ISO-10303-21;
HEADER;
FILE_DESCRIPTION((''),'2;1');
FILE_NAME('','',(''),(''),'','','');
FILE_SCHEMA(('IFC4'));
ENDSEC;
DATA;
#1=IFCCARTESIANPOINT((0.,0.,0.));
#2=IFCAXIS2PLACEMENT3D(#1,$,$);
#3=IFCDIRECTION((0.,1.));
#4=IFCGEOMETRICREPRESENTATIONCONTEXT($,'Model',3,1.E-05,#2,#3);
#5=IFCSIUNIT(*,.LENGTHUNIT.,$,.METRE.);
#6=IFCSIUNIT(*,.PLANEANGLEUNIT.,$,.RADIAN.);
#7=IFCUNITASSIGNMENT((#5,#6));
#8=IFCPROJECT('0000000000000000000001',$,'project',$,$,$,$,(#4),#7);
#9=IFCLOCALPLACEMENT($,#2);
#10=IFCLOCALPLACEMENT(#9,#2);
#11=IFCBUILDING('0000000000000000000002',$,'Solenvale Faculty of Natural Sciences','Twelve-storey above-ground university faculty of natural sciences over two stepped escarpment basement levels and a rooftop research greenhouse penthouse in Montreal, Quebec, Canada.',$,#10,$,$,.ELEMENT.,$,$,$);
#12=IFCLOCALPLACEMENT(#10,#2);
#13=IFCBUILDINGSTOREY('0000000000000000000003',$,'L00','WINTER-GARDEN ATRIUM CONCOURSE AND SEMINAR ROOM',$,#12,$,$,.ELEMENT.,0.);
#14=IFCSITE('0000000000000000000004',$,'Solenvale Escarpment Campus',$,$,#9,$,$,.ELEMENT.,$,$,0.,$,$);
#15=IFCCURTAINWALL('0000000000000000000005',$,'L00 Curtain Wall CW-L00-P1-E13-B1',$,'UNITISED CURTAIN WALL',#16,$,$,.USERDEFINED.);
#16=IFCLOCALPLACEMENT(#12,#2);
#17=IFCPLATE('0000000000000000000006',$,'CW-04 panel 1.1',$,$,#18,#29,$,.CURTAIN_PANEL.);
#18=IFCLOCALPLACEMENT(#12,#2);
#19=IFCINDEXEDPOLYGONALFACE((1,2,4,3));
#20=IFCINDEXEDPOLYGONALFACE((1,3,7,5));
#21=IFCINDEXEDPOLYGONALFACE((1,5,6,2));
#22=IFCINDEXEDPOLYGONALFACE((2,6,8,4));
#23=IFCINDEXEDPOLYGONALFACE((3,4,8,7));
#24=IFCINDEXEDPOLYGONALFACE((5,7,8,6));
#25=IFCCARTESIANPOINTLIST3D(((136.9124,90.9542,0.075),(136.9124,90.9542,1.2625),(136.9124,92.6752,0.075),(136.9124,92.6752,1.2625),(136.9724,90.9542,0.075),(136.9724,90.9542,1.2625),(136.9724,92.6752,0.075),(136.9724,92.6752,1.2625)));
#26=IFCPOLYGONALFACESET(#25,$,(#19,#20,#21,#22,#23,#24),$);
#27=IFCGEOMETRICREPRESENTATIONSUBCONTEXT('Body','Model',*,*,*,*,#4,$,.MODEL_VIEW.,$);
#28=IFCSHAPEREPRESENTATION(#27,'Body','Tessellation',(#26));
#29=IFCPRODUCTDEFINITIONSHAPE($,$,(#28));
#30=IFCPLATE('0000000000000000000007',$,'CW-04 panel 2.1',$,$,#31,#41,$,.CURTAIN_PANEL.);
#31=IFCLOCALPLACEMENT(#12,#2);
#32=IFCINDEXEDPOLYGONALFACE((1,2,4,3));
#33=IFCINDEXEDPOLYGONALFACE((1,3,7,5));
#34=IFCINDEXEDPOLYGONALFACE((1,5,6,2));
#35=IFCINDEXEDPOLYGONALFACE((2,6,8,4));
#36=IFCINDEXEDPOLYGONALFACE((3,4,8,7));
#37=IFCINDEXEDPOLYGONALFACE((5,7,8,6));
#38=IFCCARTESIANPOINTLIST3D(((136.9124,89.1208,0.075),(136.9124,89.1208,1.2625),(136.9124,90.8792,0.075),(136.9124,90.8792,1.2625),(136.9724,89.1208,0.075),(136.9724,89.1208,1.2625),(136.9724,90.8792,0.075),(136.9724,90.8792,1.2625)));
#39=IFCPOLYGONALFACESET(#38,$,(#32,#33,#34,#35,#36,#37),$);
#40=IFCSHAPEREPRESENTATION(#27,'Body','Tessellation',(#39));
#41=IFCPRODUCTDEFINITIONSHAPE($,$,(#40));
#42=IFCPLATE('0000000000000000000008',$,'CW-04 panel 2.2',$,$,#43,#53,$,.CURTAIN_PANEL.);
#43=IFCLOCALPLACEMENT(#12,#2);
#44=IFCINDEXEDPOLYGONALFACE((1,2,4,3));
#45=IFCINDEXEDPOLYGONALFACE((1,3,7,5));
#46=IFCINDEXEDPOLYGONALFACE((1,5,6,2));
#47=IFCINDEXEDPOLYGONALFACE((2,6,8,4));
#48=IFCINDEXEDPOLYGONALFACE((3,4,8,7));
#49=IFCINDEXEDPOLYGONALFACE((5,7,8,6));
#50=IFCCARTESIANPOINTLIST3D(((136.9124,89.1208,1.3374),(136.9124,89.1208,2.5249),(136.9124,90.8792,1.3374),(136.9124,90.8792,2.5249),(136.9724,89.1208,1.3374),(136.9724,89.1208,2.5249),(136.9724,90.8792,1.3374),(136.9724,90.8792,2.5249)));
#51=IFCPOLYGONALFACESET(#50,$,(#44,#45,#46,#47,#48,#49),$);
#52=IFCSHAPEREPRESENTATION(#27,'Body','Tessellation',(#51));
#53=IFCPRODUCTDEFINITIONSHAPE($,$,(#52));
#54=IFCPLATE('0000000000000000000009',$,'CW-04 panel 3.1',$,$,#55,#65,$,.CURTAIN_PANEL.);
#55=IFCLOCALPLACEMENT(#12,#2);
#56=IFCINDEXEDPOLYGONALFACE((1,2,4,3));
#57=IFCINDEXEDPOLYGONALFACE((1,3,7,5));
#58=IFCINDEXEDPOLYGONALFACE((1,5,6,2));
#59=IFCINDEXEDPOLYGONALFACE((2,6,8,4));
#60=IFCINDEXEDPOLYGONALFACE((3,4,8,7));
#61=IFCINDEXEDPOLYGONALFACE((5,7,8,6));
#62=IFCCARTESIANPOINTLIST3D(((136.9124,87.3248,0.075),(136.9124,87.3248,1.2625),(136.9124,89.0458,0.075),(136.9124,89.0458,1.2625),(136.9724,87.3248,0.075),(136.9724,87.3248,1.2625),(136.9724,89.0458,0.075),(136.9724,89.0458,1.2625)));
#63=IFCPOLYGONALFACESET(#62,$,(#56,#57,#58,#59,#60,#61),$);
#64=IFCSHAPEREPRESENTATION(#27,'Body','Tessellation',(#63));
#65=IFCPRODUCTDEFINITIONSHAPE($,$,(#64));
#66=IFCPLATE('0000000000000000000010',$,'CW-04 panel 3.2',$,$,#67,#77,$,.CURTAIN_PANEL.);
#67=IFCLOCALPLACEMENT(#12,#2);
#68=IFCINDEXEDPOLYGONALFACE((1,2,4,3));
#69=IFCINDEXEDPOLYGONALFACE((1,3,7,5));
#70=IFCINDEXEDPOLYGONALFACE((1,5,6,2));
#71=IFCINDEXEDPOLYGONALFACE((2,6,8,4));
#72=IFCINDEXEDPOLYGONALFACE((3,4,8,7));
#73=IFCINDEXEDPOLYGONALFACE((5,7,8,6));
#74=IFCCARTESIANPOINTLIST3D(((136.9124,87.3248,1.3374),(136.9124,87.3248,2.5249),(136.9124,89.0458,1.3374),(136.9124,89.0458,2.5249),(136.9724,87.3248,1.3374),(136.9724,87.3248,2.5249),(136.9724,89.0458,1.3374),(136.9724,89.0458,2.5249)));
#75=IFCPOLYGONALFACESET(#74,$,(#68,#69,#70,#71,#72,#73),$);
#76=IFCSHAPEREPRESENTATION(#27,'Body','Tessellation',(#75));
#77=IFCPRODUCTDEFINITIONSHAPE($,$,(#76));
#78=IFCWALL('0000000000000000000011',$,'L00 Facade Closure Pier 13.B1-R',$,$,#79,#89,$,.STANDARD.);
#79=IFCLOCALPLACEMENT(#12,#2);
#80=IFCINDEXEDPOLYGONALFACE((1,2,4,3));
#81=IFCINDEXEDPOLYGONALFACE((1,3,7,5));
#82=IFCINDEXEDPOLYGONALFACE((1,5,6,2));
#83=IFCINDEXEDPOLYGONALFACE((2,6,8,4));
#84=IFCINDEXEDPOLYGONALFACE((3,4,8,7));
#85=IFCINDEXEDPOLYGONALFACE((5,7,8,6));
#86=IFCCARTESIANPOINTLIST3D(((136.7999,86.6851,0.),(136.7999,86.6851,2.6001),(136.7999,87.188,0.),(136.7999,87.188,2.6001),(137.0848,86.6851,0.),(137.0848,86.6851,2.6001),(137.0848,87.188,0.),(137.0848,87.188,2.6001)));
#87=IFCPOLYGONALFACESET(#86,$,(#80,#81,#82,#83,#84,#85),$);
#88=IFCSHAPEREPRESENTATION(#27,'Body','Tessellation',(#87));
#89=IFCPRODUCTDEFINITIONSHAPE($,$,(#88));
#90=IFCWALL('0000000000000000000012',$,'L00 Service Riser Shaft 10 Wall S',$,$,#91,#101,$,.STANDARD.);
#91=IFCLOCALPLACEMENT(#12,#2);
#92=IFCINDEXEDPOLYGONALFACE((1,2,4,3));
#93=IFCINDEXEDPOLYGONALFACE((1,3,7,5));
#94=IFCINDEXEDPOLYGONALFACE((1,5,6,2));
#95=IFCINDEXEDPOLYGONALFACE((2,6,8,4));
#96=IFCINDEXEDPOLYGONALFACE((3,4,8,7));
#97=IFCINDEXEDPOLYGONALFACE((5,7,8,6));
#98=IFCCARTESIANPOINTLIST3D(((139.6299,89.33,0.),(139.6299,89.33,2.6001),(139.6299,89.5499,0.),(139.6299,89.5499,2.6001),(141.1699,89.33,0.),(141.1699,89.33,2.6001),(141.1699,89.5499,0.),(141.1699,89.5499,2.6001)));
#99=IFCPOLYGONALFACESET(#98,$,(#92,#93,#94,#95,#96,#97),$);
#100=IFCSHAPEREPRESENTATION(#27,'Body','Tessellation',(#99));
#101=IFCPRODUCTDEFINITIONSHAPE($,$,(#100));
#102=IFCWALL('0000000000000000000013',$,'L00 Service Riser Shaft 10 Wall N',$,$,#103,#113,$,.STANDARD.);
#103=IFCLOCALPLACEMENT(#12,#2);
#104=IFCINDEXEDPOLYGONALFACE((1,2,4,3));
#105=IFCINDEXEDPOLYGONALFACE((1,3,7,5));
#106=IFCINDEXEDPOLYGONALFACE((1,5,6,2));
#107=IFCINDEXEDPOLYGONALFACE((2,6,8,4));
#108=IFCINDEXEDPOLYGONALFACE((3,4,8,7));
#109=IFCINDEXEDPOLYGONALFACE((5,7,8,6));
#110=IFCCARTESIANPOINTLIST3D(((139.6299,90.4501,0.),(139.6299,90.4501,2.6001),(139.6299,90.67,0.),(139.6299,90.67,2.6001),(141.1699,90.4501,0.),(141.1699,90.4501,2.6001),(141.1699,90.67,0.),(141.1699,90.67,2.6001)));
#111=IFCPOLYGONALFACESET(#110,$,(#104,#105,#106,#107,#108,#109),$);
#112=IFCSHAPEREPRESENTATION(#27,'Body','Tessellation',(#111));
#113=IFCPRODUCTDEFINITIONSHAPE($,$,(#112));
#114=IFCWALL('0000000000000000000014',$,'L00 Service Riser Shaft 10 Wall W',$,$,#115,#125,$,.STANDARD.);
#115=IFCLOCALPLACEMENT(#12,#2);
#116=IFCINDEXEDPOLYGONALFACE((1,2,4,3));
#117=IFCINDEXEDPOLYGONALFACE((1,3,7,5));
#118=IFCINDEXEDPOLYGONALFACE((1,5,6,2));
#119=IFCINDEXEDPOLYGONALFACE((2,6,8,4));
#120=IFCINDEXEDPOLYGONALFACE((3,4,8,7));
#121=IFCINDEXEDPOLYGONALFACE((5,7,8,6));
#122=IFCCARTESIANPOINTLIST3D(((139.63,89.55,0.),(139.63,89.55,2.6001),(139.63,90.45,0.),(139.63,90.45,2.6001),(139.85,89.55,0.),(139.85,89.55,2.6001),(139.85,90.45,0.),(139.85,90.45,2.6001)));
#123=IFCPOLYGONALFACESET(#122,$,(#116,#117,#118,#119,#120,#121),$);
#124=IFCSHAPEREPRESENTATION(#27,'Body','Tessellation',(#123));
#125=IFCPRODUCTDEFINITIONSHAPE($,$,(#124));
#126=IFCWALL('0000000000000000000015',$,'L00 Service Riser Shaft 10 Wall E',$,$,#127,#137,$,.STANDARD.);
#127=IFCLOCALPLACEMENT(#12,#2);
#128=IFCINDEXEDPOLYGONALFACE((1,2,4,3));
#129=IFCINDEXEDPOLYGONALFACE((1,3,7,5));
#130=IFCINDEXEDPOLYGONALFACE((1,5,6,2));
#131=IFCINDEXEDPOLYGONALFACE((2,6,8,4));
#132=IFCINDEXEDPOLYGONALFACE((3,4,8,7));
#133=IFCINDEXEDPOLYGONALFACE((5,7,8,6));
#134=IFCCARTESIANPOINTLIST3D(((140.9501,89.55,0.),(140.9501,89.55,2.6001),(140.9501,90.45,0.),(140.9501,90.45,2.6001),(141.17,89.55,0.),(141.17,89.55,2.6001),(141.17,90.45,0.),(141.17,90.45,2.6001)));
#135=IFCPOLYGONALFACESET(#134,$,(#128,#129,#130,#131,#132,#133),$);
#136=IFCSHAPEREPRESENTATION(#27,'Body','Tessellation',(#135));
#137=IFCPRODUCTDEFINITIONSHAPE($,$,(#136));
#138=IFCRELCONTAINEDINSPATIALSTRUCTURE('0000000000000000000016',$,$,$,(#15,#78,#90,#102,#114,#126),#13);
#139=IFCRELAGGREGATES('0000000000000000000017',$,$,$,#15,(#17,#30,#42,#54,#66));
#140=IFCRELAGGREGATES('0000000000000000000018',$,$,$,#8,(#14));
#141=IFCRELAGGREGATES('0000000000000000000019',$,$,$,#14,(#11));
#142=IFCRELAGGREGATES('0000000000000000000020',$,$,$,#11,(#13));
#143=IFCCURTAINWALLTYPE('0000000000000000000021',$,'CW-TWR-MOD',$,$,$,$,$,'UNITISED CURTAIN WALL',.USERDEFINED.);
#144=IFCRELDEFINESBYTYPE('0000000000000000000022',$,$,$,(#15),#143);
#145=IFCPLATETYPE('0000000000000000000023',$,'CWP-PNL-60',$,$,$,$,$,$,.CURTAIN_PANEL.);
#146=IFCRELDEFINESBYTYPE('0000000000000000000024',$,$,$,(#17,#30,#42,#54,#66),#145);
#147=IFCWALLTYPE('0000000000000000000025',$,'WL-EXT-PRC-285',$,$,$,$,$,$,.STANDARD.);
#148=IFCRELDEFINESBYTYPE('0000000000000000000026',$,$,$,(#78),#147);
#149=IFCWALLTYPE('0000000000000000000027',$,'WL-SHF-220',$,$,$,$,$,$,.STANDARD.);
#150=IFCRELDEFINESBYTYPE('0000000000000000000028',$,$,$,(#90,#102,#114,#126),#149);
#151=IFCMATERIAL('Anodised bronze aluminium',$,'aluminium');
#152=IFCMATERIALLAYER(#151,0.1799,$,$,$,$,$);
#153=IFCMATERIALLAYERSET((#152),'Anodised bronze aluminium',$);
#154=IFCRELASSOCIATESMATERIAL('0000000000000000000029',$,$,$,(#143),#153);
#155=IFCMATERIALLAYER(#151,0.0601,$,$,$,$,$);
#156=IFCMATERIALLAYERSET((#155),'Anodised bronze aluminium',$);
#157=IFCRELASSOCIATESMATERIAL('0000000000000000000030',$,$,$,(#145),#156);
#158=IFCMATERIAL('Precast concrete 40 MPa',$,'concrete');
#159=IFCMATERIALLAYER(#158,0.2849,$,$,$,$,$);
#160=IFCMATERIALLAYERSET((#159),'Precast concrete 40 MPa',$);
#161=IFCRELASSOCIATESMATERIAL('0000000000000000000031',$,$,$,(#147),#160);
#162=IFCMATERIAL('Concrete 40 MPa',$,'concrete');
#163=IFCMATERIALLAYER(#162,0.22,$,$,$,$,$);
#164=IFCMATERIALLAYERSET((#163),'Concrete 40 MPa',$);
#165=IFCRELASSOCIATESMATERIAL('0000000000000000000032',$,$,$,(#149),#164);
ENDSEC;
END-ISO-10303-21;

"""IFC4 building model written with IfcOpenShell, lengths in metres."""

from ifc_helpers import new_model, si_unit, direction, frame, frame_2d, origin, origin_2d, place, context, subcontext, project, spatial, rectangle, extrude, material, layer, layer_set, type_object, element, aggregate, save


model = new_model("IFC4")

# Units and contexts
model_context = context("Model", 3, precision=1e-05, world=origin(), true_north=direction((0.0, 1.0)))
body_context = subcontext(model_context, "Body", "Model", "MODEL_VIEW")
ifc_project = project(units=[si_unit("LENGTHUNIT", "METRE"), si_unit("PLANEANGLEUNIT", "RADIAN")], contexts=[model_context])

# Site, building, storey
site_placement = place(None, origin())
site = spatial("IfcSite", under=ifc_project, at=site_placement, Name="Solenvale Escarpment Campus", CompositionType="ELEMENT", RefElevation=0.0)
building_placement = place(site_placement, origin())
building = spatial("IfcBuilding", under=site, at=building_placement, Name="Solenvale Faculty of Natural Sciences", Description="Twelve-storey above-ground university faculty of natural sciences over two stepped escarpment basement levels and a rooftop research greenhouse penthouse in Montreal, Quebec, Canada.", CompositionType="ELEMENT")
storey_placement = place(building_placement, origin())
storey = spatial("IfcBuildingStorey", under=building, at=storey_placement, Name="L00", Description="WINTER-GARDEN ATRIUM CONCOURSE AND SEMINAR ROOM", CompositionType="ELEMENT", Elevation=0.0)

# Shared definitions
ifc_material_1 = material(Name="Concrete 40 MPa", Category="concrete")

# Curtain wall
ifc_material_2 = material(Name="Anodised bronze aluminium", Category="aluminium")
ifc_layer_1 = layer(ifc_material_2, 0.1799)
ifc_layer_set_1 = layer_set([ifc_layer_1], Name="Anodised bronze aluminium")
curtain_wall_type = type_object("IfcCurtainWallType", Name="CW-TWR-MOD", ElementType="UNITISED CURTAIN WALL", PredefinedType="USERDEFINED", material=ifc_layer_set_1)
curtain_wall_1_placement = place(storey_placement, origin())
curtain_wall_1 = element("IfcCurtainWall", 1, at=curtain_wall_1_placement, inside=storey, type_object=curtain_wall_type, Name="L00 Curtain Wall CW-L00-P1-E13-B1", ObjectType="UNITISED CURTAIN WALL", PredefinedType="USERDEFINED")

# Plates
ifc_layer_2 = layer(ifc_material_2, 0.0601)
ifc_layer_set_2 = layer_set([ifc_layer_2], Name="Anodised bronze aluminium")
plate_type_1 = type_object("IfcPlateType", Name="CWP-PNL-60", PredefinedType="CURTAIN_PANEL", material=ifc_layer_set_2)
plate_1_placement = place(storey_placement, frame((136.9424, 91.8147, 0.075), z_axis=(0.0, 0.0, 1.0), x_axis=(0.0, -1.0, 0.0)))
plate_1 = element("IfcPlate", 2, at=plate_1_placement, type_object=plate_type_1, Name="CW-04 panel 1.1", PredefinedType="CURTAIN_PANEL", context=body_context, shape_type="SweptSolid", body=[
    extrude(rectangle(XDim=1.7209, YDim=0.0601, at=origin_2d()), origin(), (0.0, 0.0, 1.0), 1.1875),
])
plate_2_placement = place(storey_placement, frame((136.9424, 90.0, 0.075), z_axis=(0.0, 0.0, 1.0), x_axis=(0.0, -1.0, 0.0)))
plate_2 = element("IfcPlate", 3, at=plate_2_placement, type_object=plate_type_1, Name="CW-04 panel 2.1", PredefinedType="CURTAIN_PANEL", context=body_context, shape_type="SweptSolid", body=[
    extrude(rectangle(XDim=1.7583, YDim=0.0601, at=origin_2d()), origin(), (0.0, 0.0, 1.0), 1.1875),
])
plate_3_placement = place(storey_placement, frame((136.9424, 90.0, 1.3374), z_axis=(0.0, 0.0, 1.0), x_axis=(0.0, -1.0, 0.0)))
plate_3 = element("IfcPlate", 4, at=plate_3_placement, type_object=plate_type_1, Name="CW-04 panel 2.2", PredefinedType="CURTAIN_PANEL", context=body_context, shape_type="SweptSolid", body=[
    extrude(rectangle(XDim=1.7583, YDim=0.0601, at=origin_2d()), origin(), (0.0, 0.0, 1.0), 1.1875),
])
plate_4_placement = place(storey_placement, frame((136.9424, 88.1853, 0.075), z_axis=(0.0, 0.0, 1.0), x_axis=(0.0, -1.0, 0.0)))
plate_4 = element("IfcPlate", 5, at=plate_4_placement, type_object=plate_type_1, Name="CW-04 panel 3.1", PredefinedType="CURTAIN_PANEL", context=body_context, shape_type="SweptSolid", body=[
    extrude(rectangle(XDim=1.7209, YDim=0.0601, at=origin_2d()), origin(), (0.0, 0.0, 1.0), 1.1875),
])
plate_5_placement = place(storey_placement, frame((136.9424, 88.1853, 1.3374), z_axis=(0.0, 0.0, 1.0), x_axis=(0.0, -1.0, 0.0)))
plate_5 = element("IfcPlate", 6, at=plate_5_placement, type_object=plate_type_1, Name="CW-04 panel 3.2", PredefinedType="CURTAIN_PANEL", context=body_context, shape_type="SweptSolid", body=[
    extrude(rectangle(XDim=1.7209, YDim=0.0601, at=origin_2d()), origin(), (0.0, 0.0, 1.0), 1.1875),
])
aggregate(curtain_wall_1, [plate_1, plate_2, plate_3, plate_4, plate_5])

# Walls
ifc_material_3 = material(Name="Precast concrete 40 MPa", Category="concrete")
ifc_layer_3 = layer(ifc_material_3, 0.2849)
ifc_layer_set_3 = layer_set([ifc_layer_3], Name="Precast concrete 40 MPa")
wall_type_1 = type_object("IfcWallType", Name="WL-EXT-PRC-285", PredefinedType="STANDARD", material=ifc_layer_set_3)
wall_placement = place(storey_placement, frame((136.9424, 87.188, 0.0), z_axis=(0.0, 0.0, 1.0), x_axis=(0.0, -1.0, 0.0)))
element("IfcWall", 7, at=wall_placement, inside=storey, type_object=wall_type_1, Name="L00 Facade Closure Pier 13.B1-R", PredefinedType="STANDARD", context=body_context, shape_type="SweptSolid", body=[
    extrude(rectangle(XDim=0.5029, YDim=0.2849, at=frame_2d((0.2515, 0.0))), origin(), (0.0, 0.0, 1.0), 2.6001),
])
ifc_layer_4 = layer(ifc_material_1, 0.22)
ifc_layer_set_4 = layer_set([ifc_layer_4], Name="Concrete 40 MPa")
wall_type_2 = type_object("IfcWallType", Name="WL-SHF-220", PredefinedType="STANDARD", material=ifc_layer_set_4)
for number, where, z_axis, x_axis, name in (
    (8, (139.6299, 89.4399, 0.0), (0.0, 0.0, 1.0), (1.0, 0.0, 0.0), "L00 Service Riser Shaft 10 Wall S"),
    (9, (139.6299, 90.5601, 0.0), (0.0, 0.0, 1.0), (1.0, 0.0, 0.0), "L00 Service Riser Shaft 10 Wall N"),
):
    element("IfcWall", number, at=place(storey_placement, frame(where, z_axis=z_axis, x_axis=x_axis)), inside=storey, type_object=wall_type_2, Name=name, PredefinedType="STANDARD", context=body_context, shape_type="SweptSolid", body=[
        extrude(rectangle(XDim=1.54, YDim=0.22, at=frame_2d((0.77, 0.0))), origin(), (0.0, 0.0, 1.0), 2.6001),
    ])
for number, where, z_axis, x_axis, name in (
    (10, (139.74, 89.55, 0.0), (0.0, 0.0, 1.0), (0.0, 1.0, 0.0), "L00 Service Riser Shaft 10 Wall W"),
    (11, (141.0601, 89.55, 0.0), (0.0, 0.0, 1.0), (0.0, 1.0, 0.0), "L00 Service Riser Shaft 10 Wall E"),
):
    element("IfcWall", number, at=place(storey_placement, frame(where, z_axis=z_axis, x_axis=x_axis)), inside=storey, type_object=wall_type_2, Name=name, PredefinedType="STANDARD", context=body_context, shape_type="SweptSolid", body=[
        extrude(rectangle(XDim=0.8999, YDim=0.22, at=frame_2d((0.45, 0.0))), origin(), (0.0, 0.0, 1.0), 2.6001),
    ])

save(model, "model.ifc")
